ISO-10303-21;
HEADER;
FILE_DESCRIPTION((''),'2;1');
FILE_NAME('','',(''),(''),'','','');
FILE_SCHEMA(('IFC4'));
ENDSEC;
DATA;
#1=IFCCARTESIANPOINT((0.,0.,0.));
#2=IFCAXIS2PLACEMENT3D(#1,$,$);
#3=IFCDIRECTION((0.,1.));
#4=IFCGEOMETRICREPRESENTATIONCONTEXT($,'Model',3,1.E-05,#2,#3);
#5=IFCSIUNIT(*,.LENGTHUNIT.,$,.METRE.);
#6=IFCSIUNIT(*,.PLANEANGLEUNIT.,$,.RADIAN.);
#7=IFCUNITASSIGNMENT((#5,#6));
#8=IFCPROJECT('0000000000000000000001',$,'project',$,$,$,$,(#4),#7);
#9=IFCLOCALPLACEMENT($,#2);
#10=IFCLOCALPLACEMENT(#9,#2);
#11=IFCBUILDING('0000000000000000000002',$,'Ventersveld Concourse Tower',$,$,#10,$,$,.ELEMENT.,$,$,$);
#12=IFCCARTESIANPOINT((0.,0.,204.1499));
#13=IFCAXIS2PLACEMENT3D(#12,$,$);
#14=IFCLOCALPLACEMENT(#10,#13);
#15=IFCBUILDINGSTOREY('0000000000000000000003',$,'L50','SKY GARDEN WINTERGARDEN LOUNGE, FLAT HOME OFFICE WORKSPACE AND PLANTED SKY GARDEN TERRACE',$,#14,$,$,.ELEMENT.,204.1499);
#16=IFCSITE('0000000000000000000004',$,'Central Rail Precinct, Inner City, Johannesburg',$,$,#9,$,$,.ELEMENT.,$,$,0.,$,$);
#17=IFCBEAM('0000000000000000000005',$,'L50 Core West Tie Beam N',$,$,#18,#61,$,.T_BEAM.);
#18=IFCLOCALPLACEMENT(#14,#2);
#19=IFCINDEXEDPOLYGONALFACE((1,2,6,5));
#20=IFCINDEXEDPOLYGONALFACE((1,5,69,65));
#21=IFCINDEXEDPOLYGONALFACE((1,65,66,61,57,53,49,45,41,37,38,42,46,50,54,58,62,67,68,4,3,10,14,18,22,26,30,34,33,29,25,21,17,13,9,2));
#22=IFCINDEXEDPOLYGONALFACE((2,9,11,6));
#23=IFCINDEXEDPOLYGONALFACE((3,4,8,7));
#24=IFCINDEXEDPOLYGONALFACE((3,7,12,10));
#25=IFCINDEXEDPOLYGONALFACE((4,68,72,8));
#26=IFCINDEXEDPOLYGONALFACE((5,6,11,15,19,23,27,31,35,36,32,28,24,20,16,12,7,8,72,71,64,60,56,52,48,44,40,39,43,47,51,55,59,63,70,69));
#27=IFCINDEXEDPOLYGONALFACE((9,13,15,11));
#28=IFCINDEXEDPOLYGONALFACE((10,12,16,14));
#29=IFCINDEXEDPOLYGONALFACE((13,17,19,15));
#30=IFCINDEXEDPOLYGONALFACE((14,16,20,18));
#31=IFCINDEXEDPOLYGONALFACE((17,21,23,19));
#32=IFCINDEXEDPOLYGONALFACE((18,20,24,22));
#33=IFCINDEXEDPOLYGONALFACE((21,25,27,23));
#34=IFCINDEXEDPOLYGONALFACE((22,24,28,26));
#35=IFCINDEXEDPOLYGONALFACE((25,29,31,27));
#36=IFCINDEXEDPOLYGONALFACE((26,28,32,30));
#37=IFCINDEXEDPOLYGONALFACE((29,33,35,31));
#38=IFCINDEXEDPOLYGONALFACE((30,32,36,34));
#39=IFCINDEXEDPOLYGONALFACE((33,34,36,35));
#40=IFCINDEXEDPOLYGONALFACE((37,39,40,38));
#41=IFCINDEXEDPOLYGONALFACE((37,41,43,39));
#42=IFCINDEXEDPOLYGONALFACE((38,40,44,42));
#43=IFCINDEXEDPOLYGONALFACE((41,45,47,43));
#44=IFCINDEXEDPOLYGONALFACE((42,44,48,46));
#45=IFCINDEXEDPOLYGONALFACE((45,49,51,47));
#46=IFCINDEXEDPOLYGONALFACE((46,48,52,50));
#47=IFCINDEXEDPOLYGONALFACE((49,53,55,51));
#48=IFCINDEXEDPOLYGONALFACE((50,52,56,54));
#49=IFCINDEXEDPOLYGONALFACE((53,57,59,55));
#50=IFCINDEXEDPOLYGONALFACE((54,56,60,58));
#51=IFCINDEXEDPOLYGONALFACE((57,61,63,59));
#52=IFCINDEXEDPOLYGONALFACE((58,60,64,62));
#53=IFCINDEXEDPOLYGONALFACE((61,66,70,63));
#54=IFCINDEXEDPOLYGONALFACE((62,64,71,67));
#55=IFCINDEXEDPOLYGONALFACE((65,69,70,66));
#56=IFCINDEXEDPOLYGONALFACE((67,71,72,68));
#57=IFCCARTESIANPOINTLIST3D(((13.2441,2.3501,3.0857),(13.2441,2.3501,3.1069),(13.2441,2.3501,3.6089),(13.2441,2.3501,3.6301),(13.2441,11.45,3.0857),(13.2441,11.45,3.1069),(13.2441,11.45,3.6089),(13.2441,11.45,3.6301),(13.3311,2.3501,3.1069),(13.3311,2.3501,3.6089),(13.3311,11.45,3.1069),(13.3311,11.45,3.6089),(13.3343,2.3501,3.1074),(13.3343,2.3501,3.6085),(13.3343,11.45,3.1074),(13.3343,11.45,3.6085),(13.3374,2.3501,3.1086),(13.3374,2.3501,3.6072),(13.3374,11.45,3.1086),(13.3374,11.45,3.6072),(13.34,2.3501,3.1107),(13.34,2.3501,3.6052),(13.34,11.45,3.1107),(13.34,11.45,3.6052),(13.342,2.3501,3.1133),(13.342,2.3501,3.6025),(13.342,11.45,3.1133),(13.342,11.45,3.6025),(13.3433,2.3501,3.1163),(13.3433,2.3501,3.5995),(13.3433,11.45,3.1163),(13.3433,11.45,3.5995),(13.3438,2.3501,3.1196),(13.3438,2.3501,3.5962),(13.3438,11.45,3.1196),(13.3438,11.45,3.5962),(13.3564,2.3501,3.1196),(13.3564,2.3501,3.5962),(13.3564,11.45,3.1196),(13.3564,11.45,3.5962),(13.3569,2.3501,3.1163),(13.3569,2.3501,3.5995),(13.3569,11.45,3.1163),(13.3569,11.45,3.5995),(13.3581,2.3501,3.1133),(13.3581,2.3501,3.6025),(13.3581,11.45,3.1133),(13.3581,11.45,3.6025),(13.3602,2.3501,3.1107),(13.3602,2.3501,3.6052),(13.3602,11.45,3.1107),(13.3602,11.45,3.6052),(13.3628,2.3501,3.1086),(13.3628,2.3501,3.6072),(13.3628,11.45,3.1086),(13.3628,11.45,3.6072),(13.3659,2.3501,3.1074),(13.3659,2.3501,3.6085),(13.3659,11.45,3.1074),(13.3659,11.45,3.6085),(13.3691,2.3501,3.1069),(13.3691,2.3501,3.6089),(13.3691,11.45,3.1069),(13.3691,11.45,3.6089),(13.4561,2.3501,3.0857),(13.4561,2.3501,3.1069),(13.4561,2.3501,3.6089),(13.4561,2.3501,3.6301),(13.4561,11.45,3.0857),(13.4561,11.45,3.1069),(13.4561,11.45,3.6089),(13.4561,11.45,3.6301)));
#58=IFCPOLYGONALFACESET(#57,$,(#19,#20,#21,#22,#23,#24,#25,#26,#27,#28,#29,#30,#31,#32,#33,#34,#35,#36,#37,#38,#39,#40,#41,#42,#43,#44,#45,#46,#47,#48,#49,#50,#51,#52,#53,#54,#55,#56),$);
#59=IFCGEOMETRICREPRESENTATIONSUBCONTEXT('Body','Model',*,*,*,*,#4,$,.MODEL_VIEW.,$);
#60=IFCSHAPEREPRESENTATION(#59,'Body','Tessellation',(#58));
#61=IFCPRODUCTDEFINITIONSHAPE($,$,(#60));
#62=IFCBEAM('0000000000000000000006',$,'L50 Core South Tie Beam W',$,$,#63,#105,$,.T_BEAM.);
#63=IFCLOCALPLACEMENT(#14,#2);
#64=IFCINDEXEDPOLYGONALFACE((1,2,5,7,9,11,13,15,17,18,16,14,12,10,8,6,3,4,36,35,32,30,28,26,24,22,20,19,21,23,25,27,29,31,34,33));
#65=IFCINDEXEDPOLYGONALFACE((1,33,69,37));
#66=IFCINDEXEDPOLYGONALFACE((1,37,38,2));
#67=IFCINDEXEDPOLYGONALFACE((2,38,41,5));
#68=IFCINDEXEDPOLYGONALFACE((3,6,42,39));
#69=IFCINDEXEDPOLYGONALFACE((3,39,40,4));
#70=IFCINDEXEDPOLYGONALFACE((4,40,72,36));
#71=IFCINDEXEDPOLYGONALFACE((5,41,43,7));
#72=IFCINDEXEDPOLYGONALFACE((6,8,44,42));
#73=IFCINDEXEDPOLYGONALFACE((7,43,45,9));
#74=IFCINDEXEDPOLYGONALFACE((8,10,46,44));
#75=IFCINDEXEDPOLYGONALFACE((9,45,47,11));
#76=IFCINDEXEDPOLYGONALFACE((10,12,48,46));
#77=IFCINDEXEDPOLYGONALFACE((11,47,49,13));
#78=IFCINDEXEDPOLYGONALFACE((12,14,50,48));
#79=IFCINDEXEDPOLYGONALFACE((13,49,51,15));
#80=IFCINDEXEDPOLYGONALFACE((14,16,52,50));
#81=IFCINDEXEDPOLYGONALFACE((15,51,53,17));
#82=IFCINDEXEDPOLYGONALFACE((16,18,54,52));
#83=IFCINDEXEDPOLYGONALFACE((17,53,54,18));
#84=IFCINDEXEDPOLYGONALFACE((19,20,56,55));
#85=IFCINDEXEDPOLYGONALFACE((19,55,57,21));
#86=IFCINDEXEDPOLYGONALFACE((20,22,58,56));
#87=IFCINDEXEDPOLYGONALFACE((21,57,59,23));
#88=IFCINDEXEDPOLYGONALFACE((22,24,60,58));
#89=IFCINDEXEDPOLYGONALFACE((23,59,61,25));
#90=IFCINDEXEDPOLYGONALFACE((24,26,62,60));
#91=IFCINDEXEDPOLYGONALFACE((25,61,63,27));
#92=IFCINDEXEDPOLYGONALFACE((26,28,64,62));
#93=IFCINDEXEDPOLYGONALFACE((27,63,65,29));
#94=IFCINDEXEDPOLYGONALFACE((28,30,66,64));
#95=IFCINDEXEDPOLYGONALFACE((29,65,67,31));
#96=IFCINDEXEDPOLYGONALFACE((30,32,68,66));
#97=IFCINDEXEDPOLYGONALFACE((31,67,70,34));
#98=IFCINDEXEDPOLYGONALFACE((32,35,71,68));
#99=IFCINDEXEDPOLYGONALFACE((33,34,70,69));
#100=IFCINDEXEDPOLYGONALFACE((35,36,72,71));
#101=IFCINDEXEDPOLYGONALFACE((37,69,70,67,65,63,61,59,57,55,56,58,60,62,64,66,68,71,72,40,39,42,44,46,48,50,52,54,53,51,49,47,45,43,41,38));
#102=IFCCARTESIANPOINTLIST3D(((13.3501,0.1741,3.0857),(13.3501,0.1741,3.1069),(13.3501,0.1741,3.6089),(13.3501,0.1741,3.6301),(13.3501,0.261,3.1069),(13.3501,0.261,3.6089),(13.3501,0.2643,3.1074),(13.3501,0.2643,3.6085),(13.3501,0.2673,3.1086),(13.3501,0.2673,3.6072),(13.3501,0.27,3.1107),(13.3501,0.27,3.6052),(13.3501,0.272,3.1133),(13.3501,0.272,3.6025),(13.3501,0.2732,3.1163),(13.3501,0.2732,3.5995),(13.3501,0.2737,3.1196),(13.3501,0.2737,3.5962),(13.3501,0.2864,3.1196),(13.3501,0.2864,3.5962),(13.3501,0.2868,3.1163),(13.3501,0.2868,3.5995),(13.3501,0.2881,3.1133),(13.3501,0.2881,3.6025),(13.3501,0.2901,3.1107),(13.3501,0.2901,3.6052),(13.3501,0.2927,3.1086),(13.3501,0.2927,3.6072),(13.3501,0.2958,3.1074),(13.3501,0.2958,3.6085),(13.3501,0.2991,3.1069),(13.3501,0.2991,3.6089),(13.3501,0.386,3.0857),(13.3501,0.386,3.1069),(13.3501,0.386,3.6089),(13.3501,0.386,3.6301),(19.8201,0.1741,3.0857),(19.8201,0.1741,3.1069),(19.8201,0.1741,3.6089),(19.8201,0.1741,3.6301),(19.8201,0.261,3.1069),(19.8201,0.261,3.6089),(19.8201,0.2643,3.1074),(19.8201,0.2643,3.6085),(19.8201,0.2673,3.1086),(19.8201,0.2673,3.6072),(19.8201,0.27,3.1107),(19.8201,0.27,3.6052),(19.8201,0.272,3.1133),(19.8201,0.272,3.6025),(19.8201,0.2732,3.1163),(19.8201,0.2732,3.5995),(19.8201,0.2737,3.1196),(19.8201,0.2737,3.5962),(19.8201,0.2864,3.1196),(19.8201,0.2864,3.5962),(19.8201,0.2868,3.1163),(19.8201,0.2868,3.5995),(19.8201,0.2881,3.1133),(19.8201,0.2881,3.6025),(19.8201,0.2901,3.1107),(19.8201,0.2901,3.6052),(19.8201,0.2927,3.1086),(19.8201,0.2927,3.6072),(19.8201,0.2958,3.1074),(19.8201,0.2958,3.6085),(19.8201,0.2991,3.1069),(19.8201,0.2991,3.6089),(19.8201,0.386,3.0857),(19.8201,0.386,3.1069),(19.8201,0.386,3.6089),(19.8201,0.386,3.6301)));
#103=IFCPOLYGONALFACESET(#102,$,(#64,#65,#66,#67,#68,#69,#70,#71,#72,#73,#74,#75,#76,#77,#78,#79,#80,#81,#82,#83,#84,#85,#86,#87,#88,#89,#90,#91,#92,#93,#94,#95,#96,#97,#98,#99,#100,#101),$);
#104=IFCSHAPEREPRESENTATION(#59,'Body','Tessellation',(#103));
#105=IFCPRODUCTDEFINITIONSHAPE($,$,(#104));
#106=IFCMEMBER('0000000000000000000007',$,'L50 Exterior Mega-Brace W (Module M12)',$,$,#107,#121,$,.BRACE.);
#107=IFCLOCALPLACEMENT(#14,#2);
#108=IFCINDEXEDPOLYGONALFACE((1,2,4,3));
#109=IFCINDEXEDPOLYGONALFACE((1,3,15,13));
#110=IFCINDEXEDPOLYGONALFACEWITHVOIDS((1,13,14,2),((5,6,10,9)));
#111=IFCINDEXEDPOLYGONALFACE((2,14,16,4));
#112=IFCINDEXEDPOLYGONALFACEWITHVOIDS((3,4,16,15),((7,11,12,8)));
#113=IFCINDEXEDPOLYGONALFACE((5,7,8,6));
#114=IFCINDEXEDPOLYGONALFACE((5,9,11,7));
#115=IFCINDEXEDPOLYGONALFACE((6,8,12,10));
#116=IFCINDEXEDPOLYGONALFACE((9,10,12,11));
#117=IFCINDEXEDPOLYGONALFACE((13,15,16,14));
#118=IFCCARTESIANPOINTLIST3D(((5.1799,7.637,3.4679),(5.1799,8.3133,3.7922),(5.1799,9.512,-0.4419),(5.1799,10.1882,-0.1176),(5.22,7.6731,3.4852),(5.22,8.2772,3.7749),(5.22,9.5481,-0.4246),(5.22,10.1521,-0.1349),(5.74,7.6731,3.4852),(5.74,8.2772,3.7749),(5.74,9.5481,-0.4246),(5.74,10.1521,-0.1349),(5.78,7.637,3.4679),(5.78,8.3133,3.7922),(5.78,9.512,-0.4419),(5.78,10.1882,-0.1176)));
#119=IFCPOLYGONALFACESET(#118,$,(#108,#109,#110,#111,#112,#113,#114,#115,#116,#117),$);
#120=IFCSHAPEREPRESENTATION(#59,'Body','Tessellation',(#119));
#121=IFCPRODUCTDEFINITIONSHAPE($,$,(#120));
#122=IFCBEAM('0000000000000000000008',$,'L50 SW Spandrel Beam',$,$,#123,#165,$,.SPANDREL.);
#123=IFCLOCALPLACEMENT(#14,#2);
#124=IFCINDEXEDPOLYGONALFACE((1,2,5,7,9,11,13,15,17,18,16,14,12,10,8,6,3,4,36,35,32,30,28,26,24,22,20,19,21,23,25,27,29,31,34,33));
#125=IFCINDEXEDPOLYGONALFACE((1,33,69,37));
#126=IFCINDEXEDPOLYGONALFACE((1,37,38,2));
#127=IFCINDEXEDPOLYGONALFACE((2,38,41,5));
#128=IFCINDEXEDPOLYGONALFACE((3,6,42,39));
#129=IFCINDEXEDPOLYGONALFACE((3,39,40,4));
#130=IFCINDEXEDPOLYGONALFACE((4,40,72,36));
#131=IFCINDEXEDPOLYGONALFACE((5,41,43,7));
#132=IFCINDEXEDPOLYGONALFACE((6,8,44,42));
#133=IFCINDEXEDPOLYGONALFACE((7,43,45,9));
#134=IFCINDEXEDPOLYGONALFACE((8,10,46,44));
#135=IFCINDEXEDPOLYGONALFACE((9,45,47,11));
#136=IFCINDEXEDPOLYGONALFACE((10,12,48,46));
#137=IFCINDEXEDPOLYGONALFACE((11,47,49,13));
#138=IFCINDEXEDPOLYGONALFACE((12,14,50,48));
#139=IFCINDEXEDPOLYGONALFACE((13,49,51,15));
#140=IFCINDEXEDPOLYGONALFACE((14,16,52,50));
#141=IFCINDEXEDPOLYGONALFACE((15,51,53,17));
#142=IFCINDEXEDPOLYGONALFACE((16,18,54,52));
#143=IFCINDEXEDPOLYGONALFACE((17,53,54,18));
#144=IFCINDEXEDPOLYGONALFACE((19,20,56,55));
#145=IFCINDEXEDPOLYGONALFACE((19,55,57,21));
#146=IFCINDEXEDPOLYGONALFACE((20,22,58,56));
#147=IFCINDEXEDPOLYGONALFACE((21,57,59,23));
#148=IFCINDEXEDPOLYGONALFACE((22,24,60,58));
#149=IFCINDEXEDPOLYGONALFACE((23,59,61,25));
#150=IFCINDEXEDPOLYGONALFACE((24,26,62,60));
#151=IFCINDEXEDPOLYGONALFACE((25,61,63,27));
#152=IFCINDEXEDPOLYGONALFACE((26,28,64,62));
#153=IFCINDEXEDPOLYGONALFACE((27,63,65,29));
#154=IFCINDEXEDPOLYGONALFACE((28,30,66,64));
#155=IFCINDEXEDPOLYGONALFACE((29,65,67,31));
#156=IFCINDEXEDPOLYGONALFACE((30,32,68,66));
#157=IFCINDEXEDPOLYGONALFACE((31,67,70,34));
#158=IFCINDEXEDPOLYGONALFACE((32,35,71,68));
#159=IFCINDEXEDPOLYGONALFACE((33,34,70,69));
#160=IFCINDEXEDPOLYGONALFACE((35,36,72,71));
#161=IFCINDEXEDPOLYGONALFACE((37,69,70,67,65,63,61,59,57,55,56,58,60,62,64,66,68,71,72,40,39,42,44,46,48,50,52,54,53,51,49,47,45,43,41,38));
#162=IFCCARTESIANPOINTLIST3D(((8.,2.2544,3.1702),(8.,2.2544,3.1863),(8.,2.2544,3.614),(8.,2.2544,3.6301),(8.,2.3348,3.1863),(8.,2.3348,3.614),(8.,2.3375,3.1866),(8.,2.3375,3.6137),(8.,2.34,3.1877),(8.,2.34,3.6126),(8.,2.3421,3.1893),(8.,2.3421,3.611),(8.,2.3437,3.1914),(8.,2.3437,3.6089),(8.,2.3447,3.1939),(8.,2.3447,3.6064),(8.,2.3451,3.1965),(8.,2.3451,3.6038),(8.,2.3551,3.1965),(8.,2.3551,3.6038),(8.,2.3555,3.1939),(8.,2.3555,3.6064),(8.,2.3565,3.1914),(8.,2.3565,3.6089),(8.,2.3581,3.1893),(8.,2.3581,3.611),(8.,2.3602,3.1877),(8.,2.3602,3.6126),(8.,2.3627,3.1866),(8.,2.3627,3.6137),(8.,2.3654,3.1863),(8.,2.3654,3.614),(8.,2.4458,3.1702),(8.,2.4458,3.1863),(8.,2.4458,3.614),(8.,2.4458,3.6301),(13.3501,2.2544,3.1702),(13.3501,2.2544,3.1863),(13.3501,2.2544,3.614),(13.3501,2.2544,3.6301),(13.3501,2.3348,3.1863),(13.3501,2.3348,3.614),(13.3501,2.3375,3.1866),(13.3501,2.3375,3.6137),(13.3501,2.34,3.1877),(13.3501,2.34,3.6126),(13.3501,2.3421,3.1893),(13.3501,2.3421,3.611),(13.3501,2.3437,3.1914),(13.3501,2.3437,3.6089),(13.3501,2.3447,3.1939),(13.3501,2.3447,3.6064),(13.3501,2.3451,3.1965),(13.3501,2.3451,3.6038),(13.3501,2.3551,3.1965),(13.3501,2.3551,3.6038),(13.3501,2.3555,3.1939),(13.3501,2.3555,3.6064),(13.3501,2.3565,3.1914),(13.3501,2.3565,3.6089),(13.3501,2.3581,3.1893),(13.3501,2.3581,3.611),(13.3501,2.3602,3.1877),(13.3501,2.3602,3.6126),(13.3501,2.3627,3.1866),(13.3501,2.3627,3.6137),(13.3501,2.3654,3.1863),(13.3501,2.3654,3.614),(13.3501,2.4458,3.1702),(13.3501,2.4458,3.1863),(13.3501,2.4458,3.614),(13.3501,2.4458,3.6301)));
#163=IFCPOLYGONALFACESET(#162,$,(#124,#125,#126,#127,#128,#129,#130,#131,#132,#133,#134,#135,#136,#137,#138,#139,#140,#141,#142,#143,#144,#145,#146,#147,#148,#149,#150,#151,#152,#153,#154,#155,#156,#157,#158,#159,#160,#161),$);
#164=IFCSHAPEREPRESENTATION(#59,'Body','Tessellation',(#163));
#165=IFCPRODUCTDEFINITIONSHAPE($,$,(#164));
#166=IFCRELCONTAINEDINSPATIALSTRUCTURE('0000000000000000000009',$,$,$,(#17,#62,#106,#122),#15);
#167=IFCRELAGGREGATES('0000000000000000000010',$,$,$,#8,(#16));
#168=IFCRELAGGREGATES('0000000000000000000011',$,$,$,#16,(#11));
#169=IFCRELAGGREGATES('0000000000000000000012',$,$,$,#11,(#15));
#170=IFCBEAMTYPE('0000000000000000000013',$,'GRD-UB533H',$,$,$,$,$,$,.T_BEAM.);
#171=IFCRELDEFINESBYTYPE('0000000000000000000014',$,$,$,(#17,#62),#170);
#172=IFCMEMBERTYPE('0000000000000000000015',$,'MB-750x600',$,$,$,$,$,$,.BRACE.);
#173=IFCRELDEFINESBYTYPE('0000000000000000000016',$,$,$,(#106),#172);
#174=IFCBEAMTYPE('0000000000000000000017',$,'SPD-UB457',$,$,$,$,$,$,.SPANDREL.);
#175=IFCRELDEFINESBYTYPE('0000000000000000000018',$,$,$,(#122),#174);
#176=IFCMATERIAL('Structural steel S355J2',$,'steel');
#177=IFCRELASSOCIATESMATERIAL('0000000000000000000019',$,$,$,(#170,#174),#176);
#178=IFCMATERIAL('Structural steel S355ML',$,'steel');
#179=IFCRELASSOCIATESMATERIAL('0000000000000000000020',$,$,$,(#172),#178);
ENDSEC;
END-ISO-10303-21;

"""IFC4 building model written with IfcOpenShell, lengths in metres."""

from ifc_helpers import new_model, si_unit, direction, frame, origin, origin_2d, place, context, subcontext, project, spatial, hollow_rectangle, i_section, extrude, material, material_profile, profile_set, type_object, element, save


model = new_model("IFC4")

# Units and contexts
model_context = context("Model", 3, precision=1e-05, world=origin(), true_north=direction((0.0, 1.0)))
body_context = subcontext(model_context, "Body", "Model", "MODEL_VIEW")
ifc_project = project(units=[si_unit("LENGTHUNIT", "METRE"), si_unit("PLANEANGLEUNIT", "RADIAN")], contexts=[model_context])

# Site, building, storey
site_placement = place(None, origin())
site = spatial("IfcSite", under=ifc_project, at=site_placement, Name="Central Rail Precinct, Inner City, Johannesburg", CompositionType="ELEMENT", RefElevation=0.0)
building_placement = place(site_placement, origin())
building = spatial("IfcBuilding", under=site, at=building_placement, Name="Ventersveld Concourse Tower", CompositionType="ELEMENT")
storey_placement = place(building_placement, frame((0.0, 0.0, 204.1499)))
storey = spatial("IfcBuildingStorey", under=building, at=storey_placement, Name="L50", Description="SKY GARDEN WINTERGARDEN LOUNGE, FLAT HOME OFFICE WORKSPACE AND PLANTED SKY GARDEN TERRACE", CompositionType="ELEMENT", Elevation=204.1499)

# Beams
ifc_material_1 = material(Name="Structural steel S355J2", Category="steel")
ifc_material_profile_1 = material_profile(ifc_material_1, i_section(OverallWidth=0.2119, OverallDepth=0.5444, WebThickness=0.0127, FlangeThickness=0.0212, FilletRadius=0.0127, at=origin_2d()), Name="UB 533x210x122")
ifc_profile_set_1 = profile_set([ifc_material_profile_1], Name="Structural steel S355J2")
beam_type_1 = type_object("IfcBeamType", Name="GRD-UB533H", PredefinedType="T_BEAM", material=ifc_profile_set_1)
beam_1_placement = place(storey_placement, frame((13.3501, 2.3501, 3.3579), z_axis=(0.0, 1.0, 0.0), x_axis=(-1.0, 0.0, 0.0)))
element("IfcBeam", 1, at=beam_1_placement, inside=storey, type_object=beam_type_1, Name="L50 Core West Tie Beam N", PredefinedType="T_BEAM", context=body_context, shape_type="SweptSolid", body=[
    extrude(i_section(OverallWidth=0.2119, OverallDepth=0.5444, WebThickness=0.0127, FlangeThickness=0.0212, FilletRadius=0.0127, at=origin_2d()), origin(), (0.0, 0.0, 1.0), 9.0999),
])
beam_2_placement = place(storey_placement, frame((13.3501, 0.28, 3.3579), z_axis=(1.0, 0.0, 0.0), x_axis=(0.0, 1.0, 0.0)))
element("IfcBeam", 2, at=beam_2_placement, inside=storey, type_object=beam_type_1, Name="L50 Core South Tie Beam W", PredefinedType="T_BEAM", context=body_context, shape_type="SweptSolid", body=[
    extrude(i_section(OverallWidth=0.2119, OverallDepth=0.5444, WebThickness=0.0127, FlangeThickness=0.0212, FilletRadius=0.0127, at=origin_2d()), origin(), (0.0, 0.0, 1.0), 6.47),
])

# Member
ifc_material_2 = material(Name="Structural steel S355ML", Category="steel")
ifc_material_profile_2 = material_profile(ifc_material_2, hollow_rectangle(XDim=0.6001, YDim=0.75, WallThickness=0.04, at=origin_2d()), Name="BOX 750x600x40")
ifc_profile_set_2 = profile_set([ifc_material_profile_2], Name="Structural steel S355ML")
member_type = type_object("IfcMemberType", Name="MB-750x600", PredefinedType="BRACE", material=ifc_profile_set_2)
member_placement = place(storey_placement, frame((5.48, 9.8501, -0.2798), z_axis=(0.0, -0.432402, 0.901681), x_axis=(1.0, 0.0, 0.0)))
element("IfcMember", 3, at=member_placement, inside=storey, type_object=member_type, Name="L50 Exterior Mega-Brace W (Module M12)", PredefinedType="BRACE", context=body_context, shape_type="SweptSolid", body=[
    extrude(hollow_rectangle(XDim=0.6001, YDim=0.75, WallThickness=0.04, at=origin_2d()), origin(), (0.0, 0.0, 1.0), 4.3362),
])

# Beam
ifc_material_profile_3 = material_profile(ifc_material_1, i_section(OverallWidth=0.1914, OverallDepth=0.46, WebThickness=0.01, FlangeThickness=0.0161, FilletRadius=0.0103, at=origin_2d()), Name="UB 457x191x82")
ifc_profile_set_3 = profile_set([ifc_material_profile_3], Name="Structural steel S355J2")
beam_type_2 = type_object("IfcBeamType", Name="SPD-UB457", PredefinedType="SPANDREL", material=ifc_profile_set_3)
beam_3_placement = place(storey_placement, frame((8.0, 2.3501, 3.4001), z_axis=(1.0, 0.0, 0.0), x_axis=(0.0, 1.0, 0.0)))
element("IfcBeam", 4, at=beam_3_placement, inside=storey, type_object=beam_type_2, Name="L50 SW Spandrel Beam", PredefinedType="SPANDREL", context=body_context, shape_type="SweptSolid", body=[
    extrude(i_section(OverallWidth=0.1914, OverallDepth=0.46, WebThickness=0.01, FlangeThickness=0.0161, FilletRadius=0.0103, at=origin_2d()), origin(), (0.0, 0.0, 1.0), 5.3501),
])

save(model, "model.ifc")
